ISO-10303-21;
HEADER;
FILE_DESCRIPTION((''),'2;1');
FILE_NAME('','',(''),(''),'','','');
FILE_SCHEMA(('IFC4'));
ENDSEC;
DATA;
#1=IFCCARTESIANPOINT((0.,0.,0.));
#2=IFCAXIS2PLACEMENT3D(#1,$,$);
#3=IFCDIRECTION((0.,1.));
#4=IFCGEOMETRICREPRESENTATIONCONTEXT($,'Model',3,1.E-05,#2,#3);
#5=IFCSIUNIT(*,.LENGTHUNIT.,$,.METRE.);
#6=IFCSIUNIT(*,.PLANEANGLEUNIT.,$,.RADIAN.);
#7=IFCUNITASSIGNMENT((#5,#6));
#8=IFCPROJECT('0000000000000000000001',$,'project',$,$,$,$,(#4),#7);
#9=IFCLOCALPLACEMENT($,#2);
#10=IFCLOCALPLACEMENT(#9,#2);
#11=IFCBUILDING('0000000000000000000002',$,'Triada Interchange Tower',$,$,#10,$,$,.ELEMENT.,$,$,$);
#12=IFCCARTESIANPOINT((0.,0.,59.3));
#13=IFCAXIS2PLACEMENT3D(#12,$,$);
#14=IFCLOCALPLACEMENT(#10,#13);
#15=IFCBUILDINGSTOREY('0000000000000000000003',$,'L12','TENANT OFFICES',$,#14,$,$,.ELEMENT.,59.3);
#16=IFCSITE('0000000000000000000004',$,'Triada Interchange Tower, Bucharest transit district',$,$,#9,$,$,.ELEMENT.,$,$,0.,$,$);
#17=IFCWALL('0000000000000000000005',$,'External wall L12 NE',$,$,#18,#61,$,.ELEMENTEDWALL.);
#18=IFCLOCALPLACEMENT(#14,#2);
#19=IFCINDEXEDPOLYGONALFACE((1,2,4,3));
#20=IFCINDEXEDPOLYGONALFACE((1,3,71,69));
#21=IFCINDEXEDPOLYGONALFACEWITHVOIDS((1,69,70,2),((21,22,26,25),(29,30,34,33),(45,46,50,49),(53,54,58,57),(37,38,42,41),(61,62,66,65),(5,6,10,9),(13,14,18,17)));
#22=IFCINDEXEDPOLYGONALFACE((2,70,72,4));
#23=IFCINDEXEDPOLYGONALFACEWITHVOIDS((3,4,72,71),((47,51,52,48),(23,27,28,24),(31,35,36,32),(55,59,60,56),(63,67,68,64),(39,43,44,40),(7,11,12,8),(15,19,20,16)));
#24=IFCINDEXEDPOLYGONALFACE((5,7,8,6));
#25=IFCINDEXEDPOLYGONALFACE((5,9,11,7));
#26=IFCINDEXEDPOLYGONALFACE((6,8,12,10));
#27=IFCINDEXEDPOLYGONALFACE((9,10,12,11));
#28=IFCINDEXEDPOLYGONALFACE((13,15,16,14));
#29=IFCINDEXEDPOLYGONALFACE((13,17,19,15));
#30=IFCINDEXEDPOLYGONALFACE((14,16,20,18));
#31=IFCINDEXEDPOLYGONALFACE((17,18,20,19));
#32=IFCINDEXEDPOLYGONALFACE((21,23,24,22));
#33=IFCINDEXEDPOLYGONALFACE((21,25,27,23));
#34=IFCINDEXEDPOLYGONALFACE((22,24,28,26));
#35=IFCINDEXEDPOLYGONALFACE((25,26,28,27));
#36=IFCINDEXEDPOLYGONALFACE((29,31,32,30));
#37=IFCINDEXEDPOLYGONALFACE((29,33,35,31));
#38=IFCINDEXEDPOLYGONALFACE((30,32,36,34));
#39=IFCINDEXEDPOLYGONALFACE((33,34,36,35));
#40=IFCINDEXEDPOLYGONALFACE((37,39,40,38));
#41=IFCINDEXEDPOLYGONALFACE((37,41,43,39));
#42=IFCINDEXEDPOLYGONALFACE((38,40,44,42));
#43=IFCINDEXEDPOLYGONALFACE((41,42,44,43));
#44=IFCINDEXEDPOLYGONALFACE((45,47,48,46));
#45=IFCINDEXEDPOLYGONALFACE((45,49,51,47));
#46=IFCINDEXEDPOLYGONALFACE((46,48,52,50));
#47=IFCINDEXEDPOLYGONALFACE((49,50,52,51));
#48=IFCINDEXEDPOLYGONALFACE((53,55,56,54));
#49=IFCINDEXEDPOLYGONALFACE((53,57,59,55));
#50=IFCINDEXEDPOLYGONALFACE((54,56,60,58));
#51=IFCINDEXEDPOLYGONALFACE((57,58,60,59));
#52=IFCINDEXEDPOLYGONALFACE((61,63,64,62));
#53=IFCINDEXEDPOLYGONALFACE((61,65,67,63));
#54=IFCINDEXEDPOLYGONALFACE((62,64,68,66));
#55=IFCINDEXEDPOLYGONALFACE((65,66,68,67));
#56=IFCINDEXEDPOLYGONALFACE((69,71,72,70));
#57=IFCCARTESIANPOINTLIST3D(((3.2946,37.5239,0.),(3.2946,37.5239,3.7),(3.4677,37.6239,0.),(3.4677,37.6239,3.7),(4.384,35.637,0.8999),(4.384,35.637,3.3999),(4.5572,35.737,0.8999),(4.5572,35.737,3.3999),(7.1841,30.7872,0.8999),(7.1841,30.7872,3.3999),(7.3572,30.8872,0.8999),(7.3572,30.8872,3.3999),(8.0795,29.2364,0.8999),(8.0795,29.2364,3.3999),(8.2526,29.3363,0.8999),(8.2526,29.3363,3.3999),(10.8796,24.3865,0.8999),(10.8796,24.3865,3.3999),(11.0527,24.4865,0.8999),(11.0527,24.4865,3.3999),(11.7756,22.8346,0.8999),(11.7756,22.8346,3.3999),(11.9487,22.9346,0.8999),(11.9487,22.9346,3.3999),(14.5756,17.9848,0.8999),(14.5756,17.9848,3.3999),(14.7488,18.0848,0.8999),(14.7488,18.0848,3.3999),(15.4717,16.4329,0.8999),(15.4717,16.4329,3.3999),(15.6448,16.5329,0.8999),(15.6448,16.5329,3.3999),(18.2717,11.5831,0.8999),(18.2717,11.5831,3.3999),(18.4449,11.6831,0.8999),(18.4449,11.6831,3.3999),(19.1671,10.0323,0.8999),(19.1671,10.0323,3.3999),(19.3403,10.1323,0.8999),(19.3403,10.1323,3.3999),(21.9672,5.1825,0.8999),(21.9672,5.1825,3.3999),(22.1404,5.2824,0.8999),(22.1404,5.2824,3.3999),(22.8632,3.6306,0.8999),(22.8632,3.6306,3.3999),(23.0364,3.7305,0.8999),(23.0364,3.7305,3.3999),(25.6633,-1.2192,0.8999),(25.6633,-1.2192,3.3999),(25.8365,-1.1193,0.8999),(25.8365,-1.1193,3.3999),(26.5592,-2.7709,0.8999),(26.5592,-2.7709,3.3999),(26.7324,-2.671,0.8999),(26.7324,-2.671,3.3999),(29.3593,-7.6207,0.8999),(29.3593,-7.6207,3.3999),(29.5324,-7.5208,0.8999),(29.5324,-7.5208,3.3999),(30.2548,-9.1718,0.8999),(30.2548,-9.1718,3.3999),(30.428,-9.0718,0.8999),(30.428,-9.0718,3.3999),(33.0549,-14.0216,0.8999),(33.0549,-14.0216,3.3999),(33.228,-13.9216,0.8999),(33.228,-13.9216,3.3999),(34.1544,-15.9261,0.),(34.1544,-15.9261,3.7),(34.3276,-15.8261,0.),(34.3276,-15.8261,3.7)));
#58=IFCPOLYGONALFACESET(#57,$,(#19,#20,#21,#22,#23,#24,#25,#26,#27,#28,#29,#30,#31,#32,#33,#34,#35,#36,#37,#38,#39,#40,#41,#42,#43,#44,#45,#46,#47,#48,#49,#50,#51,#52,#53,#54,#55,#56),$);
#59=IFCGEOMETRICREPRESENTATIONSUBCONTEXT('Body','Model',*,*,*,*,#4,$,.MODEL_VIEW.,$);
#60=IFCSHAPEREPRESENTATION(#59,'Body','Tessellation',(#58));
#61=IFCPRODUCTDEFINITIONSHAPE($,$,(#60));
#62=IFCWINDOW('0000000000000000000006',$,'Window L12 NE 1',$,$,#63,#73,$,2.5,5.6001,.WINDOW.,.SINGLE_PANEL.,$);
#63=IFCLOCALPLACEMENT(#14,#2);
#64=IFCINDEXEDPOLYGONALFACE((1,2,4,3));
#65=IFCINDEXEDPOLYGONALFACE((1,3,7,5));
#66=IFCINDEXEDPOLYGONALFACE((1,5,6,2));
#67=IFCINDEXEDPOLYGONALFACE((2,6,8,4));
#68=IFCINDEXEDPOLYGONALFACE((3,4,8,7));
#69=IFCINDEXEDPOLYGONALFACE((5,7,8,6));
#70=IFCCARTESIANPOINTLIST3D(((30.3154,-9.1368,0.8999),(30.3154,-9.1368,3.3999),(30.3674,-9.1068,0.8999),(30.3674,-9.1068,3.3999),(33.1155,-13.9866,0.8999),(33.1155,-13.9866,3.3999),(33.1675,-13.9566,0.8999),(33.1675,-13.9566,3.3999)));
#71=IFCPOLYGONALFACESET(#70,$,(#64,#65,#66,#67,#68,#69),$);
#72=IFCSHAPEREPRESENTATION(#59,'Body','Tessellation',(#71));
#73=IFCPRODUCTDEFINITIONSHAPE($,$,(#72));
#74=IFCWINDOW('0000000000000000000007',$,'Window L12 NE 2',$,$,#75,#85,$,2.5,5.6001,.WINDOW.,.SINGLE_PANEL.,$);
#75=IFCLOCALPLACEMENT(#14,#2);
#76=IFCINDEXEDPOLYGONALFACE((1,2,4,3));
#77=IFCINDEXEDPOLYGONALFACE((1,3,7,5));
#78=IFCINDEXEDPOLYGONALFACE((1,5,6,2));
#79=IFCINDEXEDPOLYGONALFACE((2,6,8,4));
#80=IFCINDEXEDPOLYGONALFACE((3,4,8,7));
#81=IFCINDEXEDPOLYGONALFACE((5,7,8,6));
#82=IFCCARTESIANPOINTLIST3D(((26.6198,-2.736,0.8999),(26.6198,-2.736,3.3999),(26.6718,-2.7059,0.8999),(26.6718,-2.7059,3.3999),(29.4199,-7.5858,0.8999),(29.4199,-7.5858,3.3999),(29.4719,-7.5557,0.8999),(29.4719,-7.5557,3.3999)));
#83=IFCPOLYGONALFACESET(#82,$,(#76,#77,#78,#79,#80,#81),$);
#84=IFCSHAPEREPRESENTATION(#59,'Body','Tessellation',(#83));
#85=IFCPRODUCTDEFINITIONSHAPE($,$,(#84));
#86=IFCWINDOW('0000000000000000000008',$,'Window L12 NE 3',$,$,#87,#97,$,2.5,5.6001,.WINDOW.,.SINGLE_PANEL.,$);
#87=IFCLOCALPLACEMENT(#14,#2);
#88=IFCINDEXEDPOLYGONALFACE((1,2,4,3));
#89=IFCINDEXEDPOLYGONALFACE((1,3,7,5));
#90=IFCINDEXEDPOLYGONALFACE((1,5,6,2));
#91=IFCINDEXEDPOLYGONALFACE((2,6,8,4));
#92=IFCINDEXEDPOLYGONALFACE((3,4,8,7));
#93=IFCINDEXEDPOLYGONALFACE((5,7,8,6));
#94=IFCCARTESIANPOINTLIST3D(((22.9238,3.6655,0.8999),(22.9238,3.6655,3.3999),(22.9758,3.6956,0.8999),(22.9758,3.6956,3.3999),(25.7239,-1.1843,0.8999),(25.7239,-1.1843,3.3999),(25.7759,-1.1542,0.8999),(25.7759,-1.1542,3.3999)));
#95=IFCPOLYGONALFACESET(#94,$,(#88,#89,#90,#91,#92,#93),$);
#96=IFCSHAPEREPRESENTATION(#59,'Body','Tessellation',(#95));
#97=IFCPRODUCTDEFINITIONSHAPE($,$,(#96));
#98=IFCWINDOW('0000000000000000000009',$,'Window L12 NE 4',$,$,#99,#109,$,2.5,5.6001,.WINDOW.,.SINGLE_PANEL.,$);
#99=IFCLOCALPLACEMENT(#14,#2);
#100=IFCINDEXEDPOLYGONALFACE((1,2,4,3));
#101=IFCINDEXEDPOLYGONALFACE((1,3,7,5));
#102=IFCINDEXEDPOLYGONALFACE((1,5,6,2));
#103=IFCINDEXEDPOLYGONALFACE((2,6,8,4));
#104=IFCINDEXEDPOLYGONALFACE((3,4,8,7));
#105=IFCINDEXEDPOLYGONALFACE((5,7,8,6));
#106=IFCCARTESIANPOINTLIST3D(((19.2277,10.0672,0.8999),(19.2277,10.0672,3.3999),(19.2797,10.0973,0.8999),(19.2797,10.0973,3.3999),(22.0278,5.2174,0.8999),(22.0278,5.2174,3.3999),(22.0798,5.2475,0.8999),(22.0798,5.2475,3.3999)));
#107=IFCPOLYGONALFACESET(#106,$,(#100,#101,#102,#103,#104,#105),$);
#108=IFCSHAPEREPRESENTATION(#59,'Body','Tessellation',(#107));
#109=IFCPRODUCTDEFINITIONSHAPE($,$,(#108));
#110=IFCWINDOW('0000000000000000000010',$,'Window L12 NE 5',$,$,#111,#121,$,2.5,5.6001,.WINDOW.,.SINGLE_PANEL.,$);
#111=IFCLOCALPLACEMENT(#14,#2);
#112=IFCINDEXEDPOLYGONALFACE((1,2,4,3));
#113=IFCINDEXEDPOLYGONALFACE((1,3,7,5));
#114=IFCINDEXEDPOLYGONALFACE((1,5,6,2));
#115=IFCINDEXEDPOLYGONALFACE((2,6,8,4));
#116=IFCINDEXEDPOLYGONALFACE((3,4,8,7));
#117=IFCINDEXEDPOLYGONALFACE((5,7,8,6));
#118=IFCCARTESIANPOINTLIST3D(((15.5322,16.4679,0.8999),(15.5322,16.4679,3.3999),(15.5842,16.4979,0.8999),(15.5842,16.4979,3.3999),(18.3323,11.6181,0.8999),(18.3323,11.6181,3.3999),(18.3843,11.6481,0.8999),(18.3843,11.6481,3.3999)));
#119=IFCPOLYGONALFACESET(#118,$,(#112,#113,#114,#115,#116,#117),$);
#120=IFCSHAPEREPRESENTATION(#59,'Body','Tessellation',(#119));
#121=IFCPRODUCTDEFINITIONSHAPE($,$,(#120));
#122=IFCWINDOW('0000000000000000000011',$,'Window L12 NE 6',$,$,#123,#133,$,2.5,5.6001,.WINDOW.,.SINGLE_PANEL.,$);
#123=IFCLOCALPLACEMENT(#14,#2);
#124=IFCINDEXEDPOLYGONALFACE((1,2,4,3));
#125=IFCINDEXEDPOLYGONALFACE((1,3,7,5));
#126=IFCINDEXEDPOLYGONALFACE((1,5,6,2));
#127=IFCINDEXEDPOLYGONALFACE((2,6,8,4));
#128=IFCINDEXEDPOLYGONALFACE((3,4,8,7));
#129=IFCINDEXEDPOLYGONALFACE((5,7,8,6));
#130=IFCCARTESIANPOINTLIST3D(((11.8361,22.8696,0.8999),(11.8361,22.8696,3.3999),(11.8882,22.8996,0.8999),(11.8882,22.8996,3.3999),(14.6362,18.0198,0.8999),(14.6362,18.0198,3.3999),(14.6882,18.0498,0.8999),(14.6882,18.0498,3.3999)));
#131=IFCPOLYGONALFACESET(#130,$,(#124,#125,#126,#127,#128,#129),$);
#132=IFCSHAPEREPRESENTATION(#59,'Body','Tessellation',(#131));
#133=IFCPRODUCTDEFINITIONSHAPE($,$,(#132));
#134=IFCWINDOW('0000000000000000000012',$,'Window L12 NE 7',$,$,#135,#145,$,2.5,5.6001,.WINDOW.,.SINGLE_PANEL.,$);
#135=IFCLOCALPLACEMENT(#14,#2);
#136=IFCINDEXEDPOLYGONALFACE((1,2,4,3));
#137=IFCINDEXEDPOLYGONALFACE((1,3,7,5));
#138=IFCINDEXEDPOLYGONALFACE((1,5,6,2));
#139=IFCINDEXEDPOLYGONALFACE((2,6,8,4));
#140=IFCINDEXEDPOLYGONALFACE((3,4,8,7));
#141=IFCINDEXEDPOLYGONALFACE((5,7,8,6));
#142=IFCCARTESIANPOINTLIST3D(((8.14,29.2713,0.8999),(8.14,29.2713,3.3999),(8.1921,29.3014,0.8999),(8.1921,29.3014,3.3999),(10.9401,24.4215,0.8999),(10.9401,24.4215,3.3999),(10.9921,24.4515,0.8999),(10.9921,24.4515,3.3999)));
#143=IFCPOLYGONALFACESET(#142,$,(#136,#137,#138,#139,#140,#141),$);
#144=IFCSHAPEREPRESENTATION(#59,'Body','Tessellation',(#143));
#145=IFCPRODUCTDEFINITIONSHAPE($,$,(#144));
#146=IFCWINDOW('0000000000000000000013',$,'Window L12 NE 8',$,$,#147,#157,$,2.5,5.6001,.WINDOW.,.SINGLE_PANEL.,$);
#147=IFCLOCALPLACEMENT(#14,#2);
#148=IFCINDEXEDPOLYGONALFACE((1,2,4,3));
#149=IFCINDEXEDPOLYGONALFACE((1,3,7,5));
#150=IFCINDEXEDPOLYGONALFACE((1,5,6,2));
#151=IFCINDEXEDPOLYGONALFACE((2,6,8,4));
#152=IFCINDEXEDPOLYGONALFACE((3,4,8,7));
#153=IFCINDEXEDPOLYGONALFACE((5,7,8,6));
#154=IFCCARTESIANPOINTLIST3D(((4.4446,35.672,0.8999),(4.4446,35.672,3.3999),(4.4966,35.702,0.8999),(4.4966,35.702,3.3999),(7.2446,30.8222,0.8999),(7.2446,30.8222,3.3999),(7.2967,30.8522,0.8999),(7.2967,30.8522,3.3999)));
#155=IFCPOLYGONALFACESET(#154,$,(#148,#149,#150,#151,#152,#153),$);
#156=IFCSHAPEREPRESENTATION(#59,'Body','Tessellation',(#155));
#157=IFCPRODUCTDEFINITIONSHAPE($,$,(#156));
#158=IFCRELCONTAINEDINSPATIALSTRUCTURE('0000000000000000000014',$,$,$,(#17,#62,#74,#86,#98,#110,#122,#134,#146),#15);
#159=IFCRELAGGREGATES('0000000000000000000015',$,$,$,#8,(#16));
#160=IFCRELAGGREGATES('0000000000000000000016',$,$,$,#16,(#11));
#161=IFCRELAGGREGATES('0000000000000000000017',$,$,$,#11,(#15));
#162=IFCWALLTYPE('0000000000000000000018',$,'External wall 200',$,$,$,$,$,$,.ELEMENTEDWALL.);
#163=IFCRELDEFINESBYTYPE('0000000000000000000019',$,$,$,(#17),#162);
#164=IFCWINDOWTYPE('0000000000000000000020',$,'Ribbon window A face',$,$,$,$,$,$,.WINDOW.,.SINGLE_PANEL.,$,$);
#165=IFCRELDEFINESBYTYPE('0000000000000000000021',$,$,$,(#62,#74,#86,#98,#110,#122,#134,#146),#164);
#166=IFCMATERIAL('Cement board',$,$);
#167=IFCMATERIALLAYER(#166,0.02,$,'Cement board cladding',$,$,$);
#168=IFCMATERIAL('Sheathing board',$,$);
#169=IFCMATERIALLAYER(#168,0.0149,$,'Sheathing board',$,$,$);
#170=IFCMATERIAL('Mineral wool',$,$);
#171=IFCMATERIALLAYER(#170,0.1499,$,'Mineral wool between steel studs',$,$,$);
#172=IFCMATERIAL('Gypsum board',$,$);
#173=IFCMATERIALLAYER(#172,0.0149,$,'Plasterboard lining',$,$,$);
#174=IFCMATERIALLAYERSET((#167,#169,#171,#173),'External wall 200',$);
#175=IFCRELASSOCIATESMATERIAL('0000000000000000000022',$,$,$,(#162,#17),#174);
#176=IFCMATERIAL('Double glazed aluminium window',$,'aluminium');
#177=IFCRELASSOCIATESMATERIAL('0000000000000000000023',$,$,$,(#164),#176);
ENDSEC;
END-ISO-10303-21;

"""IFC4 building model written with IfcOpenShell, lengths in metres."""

from ifc_helpers import new_model, si_unit, direction, frame, frame_2d, origin, place, context, subcontext, project, spatial, rectangle, extrude, material, layer, layer_set, layer_usage, type_object, element, fill, save


model = new_model("IFC4")

# Units and contexts
model_context = context("Model", 3, precision=1e-05, world=origin(), true_north=direction((0.0, 1.0)))
body_context = subcontext(model_context, "Body", "Model", "MODEL_VIEW")
ifc_project = project(units=[si_unit("LENGTHUNIT", "METRE"), si_unit("PLANEANGLEUNIT", "RADIAN")], contexts=[model_context])

# Site, building, storey
site_placement = place(None, origin())
site = spatial("IfcSite", under=ifc_project, at=site_placement, Name="Triada Interchange Tower, Bucharest transit district", CompositionType="ELEMENT", RefElevation=0.0)
building_placement = place(site_placement, origin())
building = spatial("IfcBuilding", under=site, at=building_placement, Name="Triada Interchange Tower", CompositionType="ELEMENT")
storey_placement = place(building_placement, frame((0.0, 0.0, 59.3)))
storey = spatial("IfcBuildingStorey", under=building, at=storey_placement, Name="L12", Description="TENANT OFFICES", CompositionType="ELEMENT", Elevation=59.3)

# Shared definitions
ifc_material_1 = material(Name="Cement board")
ifc_layer_1 = layer(ifc_material_1, 0.02, Name="Cement board cladding")
ifc_material_2 = material(Name="Sheathing board")
ifc_layer_2 = layer(ifc_material_2, 0.0149, Name="Sheathing board")
ifc_material_3 = material(Name="Mineral wool")
ifc_layer_3 = layer(ifc_material_3, 0.1499, Name="Mineral wool between steel studs")
ifc_material_4 = material(Name="Gypsum board")
ifc_layer_4 = layer(ifc_material_4, 0.0149, Name="Plasterboard lining")
ifc_layer_set_1 = layer_set([ifc_layer_1, ifc_layer_2, ifc_layer_3, ifc_layer_4], Name="External wall 200")
ifc_layer_usage = layer_usage(ifc_layer_set_1, "AXIS2", "POSITIVE", -0.1001)
wall_type = type_object("IfcWallType", Name="External wall 200", PredefinedType="ELEMENTEDWALL", material=ifc_layer_set_1)
ifc_material_5 = material(Name="Double glazed aluminium window", Category="aluminium")

# Wall, openings, windows
wall_1_placement = place(storey_placement, frame((34.241, -15.876, 0.0), z_axis=(0.0, 0.0, 1.0), x_axis=(-0.500006, 0.866022, 0.0)))
wall_1 = element("IfcWall", 1, at=wall_1_placement, inside=storey, type_object=wall_type, material=ifc_layer_usage, Name="External wall L12 NE", PredefinedType="ELEMENTEDWALL", context=body_context, shape_type="SweptSolid", body=[
    extrude(rectangle(XDim=61.719, YDim=0.2, at=frame_2d((30.8594, 0.0))), origin(), (0.0, 0.0, 1.0), 3.7),
])
opening_1_placement = place(wall_1_placement, frame((2.199, 0.0, 0.8999)))
opening_1 = element("IfcOpeningElement", 2, at=opening_1_placement, cuts=wall_1, PredefinedType="OPENING", context=body_context, shape_type="SweptSolid", body=[
    extrude(rectangle(XDim=5.6001, YDim=2.5, at=frame_2d((2.8, 1.25))), frame((0.0, 0.1099, 0.0), z_axis=(0.0, -1.0, 0.0), x_axis=(1.0, 0.0, 0.0)), (0.0, 0.0, 1.0), 0.22),
])
opening_2_placement = place(wall_1_placement, frame((9.5901, 0.0, 0.8999)))
opening_2 = element("IfcOpeningElement", 3, at=opening_2_placement, cuts=wall_1, PredefinedType="OPENING", context=body_context, shape_type="SweptSolid", body=[
    extrude(rectangle(XDim=5.6001, YDim=2.5, at=frame_2d((2.8, 1.25))), frame((0.0, 0.1099, 0.0), z_axis=(0.0, -1.0, 0.0), x_axis=(1.0, 0.0, 0.0)), (0.0, 0.0, 1.0), 0.22),
])
opening_3_placement = place(wall_1_placement, frame((16.9819, 0.0, 0.8999)))
opening_3 = element("IfcOpeningElement", 4, at=opening_3_placement, cuts=wall_1, PredefinedType="OPENING", context=body_context, shape_type="SweptSolid", body=[
    extrude(rectangle(XDim=5.6001, YDim=2.5, at=frame_2d((2.8, 1.25))), frame((0.0, 0.1099, 0.0), z_axis=(0.0, -1.0, 0.0), x_axis=(1.0, 0.0, 0.0)), (0.0, 0.0, 1.0), 0.22),
])
opening_4_placement = place(wall_1_placement, frame((24.374, 0.0, 0.8999)))
opening_4 = element("IfcOpeningElement", 5, at=opening_4_placement, cuts=wall_1, PredefinedType="OPENING", context=body_context, shape_type="SweptSolid", body=[
    extrude(rectangle(XDim=5.6001, YDim=2.5, at=frame_2d((2.8, 1.25))), frame((0.0, 0.1099, 0.0), z_axis=(0.0, -1.0, 0.0), x_axis=(1.0, 0.0, 0.0)), (0.0, 0.0, 1.0), 0.22),
])
opening_5_placement = place(wall_1_placement, frame((31.7649, 0.0, 0.8999)))
opening_5 = element("IfcOpeningElement", 6, at=opening_5_placement, cuts=wall_1, PredefinedType="OPENING", context=body_context, shape_type="SweptSolid", body=[
    extrude(rectangle(XDim=5.6001, YDim=2.5, at=frame_2d((2.8, 1.25))), frame((0.0, 0.1099, 0.0), z_axis=(0.0, -1.0, 0.0), x_axis=(1.0, 0.0, 0.0)), (0.0, 0.0, 1.0), 0.22),
])
opening_6_placement = place(wall_1_placement, frame((39.157, 0.0, 0.8999)))
opening_6 = element("IfcOpeningElement", 7, at=opening_6_placement, cuts=wall_1, PredefinedType="OPENING", context=body_context, shape_type="SweptSolid", body=[
    extrude(rectangle(XDim=5.6001, YDim=2.5, at=frame_2d((2.8, 1.25))), frame((0.0, 0.1099, 0.0), z_axis=(0.0, -1.0, 0.0), x_axis=(1.0, 0.0, 0.0)), (0.0, 0.0, 1.0), 0.22),
])
opening_7_placement = place(wall_1_placement, frame((46.5491, 0.0, 0.8999)))
opening_7 = element("IfcOpeningElement", 8, at=opening_7_placement, cuts=wall_1, PredefinedType="OPENING", context=body_context, shape_type="SweptSolid", body=[
    extrude(rectangle(XDim=5.6001, YDim=2.5, at=frame_2d((2.8, 1.25))), frame((0.0, 0.1099, 0.0), z_axis=(0.0, -1.0, 0.0), x_axis=(1.0, 0.0, 0.0)), (0.0, 0.0, 1.0), 0.22),
])
opening_8_placement = place(wall_1_placement, frame((53.9399, 0.0, 0.8999)))
opening_8 = element("IfcOpeningElement", 9, at=opening_8_placement, cuts=wall_1, PredefinedType="OPENING", context=body_context, shape_type="SweptSolid", body=[
    extrude(rectangle(XDim=5.6001, YDim=2.5, at=frame_2d((2.8, 1.25))), frame((0.0, 0.1099, 0.0), z_axis=(0.0, -1.0, 0.0), x_axis=(1.0, 0.0, 0.0)), (0.0, 0.0, 1.0), 0.22),
])
window_type_1 = type_object("IfcWindowType", Name="Ribbon window A face", PartitioningType="SINGLE_PANEL", PredefinedType="WINDOW", material=ifc_material_5)
window_1_placement = place(opening_1_placement, origin())
window_1 = element("IfcWindow", 10, at=window_1_placement, inside=storey, type_object=window_type_1, Name="Window L12 NE 1", OverallHeight=2.5, OverallWidth=5.6001, PartitioningType="SINGLE_PANEL", PredefinedType="WINDOW", context=body_context, shape_type="SweptSolid", body=[
    extrude(rectangle(XDim=5.6001, YDim=2.5, at=frame_2d((2.8, 1.25))), frame((0.0, 0.03, 0.0), z_axis=(0.0, -1.0, 0.0), x_axis=(1.0, 0.0, 0.0)), (0.0, 0.0, 1.0), 0.0601),
])
fill(opening_1, window_1)
window_2_placement = place(opening_2_placement, origin())
window_2 = element("IfcWindow", 11, at=window_2_placement, inside=storey, type_object=window_type_1, Name="Window L12 NE 2", OverallHeight=2.5, OverallWidth=5.6001, PartitioningType="SINGLE_PANEL", PredefinedType="WINDOW", context=body_context, shape_type="SweptSolid", body=[
    extrude(rectangle(XDim=5.6001, YDim=2.5, at=frame_2d((2.8, 1.25))), frame((0.0, 0.03, 0.0), z_axis=(0.0, -1.0, 0.0), x_axis=(1.0, 0.0, 0.0)), (0.0, 0.0, 1.0), 0.0601),
])
fill(opening_2, window_2)
window_3_placement = place(opening_3_placement, origin())
window_3 = element("IfcWindow", 12, at=window_3_placement, inside=storey, type_object=window_type_1, Name="Window L12 NE 3", OverallHeight=2.5, OverallWidth=5.6001, PartitioningType="SINGLE_PANEL", PredefinedType="WINDOW", context=body_context, shape_type="SweptSolid", body=[
    extrude(rectangle(XDim=5.6001, YDim=2.5, at=frame_2d((2.8, 1.25))), frame((0.0, 0.03, 0.0), z_axis=(0.0, -1.0, 0.0), x_axis=(1.0, 0.0, 0.0)), (0.0, 0.0, 1.0), 0.0601),
])
fill(opening_3, window_3)
window_4_placement = place(opening_4_placement, origin())
window_4 = element("IfcWindow", 13, at=window_4_placement, inside=storey, type_object=window_type_1, Name="Window L12 NE 4", OverallHeight=2.5, OverallWidth=5.6001, PartitioningType="SINGLE_PANEL", PredefinedType="WINDOW", context=body_context, shape_type="SweptSolid", body=[
    extrude(rectangle(XDim=5.6001, YDim=2.5, at=frame_2d((2.8, 1.25))), frame((0.0, 0.03, 0.0), z_axis=(0.0, -1.0, 0.0), x_axis=(1.0, 0.0, 0.0)), (0.0, 0.0, 1.0), 0.0601),
])
fill(opening_4, window_4)
window_5_placement = place(opening_5_placement, origin())
window_5 = element("IfcWindow", 14, at=window_5_placement, inside=storey, type_object=window_type_1, Name="Window L12 NE 5", OverallHeight=2.5, OverallWidth=5.6001, PartitioningType="SINGLE_PANEL", PredefinedType="WINDOW", context=body_context, shape_type="SweptSolid", body=[
    extrude(rectangle(XDim=5.6001, YDim=2.5, at=frame_2d((2.8, 1.25))), frame((0.0, 0.03, 0.0), z_axis=(0.0, -1.0, 0.0), x_axis=(1.0, 0.0, 0.0)), (0.0, 0.0, 1.0), 0.0601),
])
fill(opening_5, window_5)
window_6_placement = place(opening_6_placement, origin())
window_6 = element("IfcWindow", 15, at=window_6_placement, inside=storey, type_object=window_type_1, Name="Window L12 NE 6", OverallHeight=2.5, OverallWidth=5.6001, PartitioningType="SINGLE_PANEL", PredefinedType="WINDOW", context=body_context, shape_type="SweptSolid", body=[
    extrude(rectangle(XDim=5.6001, YDim=2.5, at=frame_2d((2.8, 1.25))), frame((0.0, 0.03, 0.0), z_axis=(0.0, -1.0, 0.0), x_axis=(1.0, 0.0, 0.0)), (0.0, 0.0, 1.0), 0.0601),
])
fill(opening_6, window_6)
window_7_placement = place(opening_7_placement, origin())
window_7 = element("IfcWindow", 16, at=window_7_placement, inside=storey, type_object=window_type_1, Name="Window L12 NE 7", OverallHeight=2.5, OverallWidth=5.6001, PartitioningType="SINGLE_PANEL", PredefinedType="WINDOW", context=body_context, shape_type="SweptSolid", body=[
    extrude(rectangle(XDim=5.6001, YDim=2.5, at=frame_2d((2.8, 1.25))), frame((0.0, 0.03, 0.0), z_axis=(0.0, -1.0, 0.0), x_axis=(1.0, 0.0, 0.0)), (0.0, 0.0, 1.0), 0.0601),
])
fill(opening_7, window_7)
window_8_placement = place(opening_8_placement, origin())
window_8 = element("IfcWindow", 17, at=window_8_placement, inside=storey, type_object=window_type_1, Name="Window L12 NE 8", OverallHeight=2.5, OverallWidth=5.6001, PartitioningType="SINGLE_PANEL", PredefinedType="WINDOW", context=body_context, shape_type="SweptSolid", body=[
    extrude(rectangle(XDim=5.6001, YDim=2.5, at=frame_2d((2.8, 1.25))), frame((0.0, 0.03, 0.0), z_axis=(0.0, -1.0, 0.0), x_axis=(1.0, 0.0, 0.0)), (0.0, 0.0, 1.0), 0.0601),
])
fill(opening_8, window_8)

save(model, "model.ifc")
